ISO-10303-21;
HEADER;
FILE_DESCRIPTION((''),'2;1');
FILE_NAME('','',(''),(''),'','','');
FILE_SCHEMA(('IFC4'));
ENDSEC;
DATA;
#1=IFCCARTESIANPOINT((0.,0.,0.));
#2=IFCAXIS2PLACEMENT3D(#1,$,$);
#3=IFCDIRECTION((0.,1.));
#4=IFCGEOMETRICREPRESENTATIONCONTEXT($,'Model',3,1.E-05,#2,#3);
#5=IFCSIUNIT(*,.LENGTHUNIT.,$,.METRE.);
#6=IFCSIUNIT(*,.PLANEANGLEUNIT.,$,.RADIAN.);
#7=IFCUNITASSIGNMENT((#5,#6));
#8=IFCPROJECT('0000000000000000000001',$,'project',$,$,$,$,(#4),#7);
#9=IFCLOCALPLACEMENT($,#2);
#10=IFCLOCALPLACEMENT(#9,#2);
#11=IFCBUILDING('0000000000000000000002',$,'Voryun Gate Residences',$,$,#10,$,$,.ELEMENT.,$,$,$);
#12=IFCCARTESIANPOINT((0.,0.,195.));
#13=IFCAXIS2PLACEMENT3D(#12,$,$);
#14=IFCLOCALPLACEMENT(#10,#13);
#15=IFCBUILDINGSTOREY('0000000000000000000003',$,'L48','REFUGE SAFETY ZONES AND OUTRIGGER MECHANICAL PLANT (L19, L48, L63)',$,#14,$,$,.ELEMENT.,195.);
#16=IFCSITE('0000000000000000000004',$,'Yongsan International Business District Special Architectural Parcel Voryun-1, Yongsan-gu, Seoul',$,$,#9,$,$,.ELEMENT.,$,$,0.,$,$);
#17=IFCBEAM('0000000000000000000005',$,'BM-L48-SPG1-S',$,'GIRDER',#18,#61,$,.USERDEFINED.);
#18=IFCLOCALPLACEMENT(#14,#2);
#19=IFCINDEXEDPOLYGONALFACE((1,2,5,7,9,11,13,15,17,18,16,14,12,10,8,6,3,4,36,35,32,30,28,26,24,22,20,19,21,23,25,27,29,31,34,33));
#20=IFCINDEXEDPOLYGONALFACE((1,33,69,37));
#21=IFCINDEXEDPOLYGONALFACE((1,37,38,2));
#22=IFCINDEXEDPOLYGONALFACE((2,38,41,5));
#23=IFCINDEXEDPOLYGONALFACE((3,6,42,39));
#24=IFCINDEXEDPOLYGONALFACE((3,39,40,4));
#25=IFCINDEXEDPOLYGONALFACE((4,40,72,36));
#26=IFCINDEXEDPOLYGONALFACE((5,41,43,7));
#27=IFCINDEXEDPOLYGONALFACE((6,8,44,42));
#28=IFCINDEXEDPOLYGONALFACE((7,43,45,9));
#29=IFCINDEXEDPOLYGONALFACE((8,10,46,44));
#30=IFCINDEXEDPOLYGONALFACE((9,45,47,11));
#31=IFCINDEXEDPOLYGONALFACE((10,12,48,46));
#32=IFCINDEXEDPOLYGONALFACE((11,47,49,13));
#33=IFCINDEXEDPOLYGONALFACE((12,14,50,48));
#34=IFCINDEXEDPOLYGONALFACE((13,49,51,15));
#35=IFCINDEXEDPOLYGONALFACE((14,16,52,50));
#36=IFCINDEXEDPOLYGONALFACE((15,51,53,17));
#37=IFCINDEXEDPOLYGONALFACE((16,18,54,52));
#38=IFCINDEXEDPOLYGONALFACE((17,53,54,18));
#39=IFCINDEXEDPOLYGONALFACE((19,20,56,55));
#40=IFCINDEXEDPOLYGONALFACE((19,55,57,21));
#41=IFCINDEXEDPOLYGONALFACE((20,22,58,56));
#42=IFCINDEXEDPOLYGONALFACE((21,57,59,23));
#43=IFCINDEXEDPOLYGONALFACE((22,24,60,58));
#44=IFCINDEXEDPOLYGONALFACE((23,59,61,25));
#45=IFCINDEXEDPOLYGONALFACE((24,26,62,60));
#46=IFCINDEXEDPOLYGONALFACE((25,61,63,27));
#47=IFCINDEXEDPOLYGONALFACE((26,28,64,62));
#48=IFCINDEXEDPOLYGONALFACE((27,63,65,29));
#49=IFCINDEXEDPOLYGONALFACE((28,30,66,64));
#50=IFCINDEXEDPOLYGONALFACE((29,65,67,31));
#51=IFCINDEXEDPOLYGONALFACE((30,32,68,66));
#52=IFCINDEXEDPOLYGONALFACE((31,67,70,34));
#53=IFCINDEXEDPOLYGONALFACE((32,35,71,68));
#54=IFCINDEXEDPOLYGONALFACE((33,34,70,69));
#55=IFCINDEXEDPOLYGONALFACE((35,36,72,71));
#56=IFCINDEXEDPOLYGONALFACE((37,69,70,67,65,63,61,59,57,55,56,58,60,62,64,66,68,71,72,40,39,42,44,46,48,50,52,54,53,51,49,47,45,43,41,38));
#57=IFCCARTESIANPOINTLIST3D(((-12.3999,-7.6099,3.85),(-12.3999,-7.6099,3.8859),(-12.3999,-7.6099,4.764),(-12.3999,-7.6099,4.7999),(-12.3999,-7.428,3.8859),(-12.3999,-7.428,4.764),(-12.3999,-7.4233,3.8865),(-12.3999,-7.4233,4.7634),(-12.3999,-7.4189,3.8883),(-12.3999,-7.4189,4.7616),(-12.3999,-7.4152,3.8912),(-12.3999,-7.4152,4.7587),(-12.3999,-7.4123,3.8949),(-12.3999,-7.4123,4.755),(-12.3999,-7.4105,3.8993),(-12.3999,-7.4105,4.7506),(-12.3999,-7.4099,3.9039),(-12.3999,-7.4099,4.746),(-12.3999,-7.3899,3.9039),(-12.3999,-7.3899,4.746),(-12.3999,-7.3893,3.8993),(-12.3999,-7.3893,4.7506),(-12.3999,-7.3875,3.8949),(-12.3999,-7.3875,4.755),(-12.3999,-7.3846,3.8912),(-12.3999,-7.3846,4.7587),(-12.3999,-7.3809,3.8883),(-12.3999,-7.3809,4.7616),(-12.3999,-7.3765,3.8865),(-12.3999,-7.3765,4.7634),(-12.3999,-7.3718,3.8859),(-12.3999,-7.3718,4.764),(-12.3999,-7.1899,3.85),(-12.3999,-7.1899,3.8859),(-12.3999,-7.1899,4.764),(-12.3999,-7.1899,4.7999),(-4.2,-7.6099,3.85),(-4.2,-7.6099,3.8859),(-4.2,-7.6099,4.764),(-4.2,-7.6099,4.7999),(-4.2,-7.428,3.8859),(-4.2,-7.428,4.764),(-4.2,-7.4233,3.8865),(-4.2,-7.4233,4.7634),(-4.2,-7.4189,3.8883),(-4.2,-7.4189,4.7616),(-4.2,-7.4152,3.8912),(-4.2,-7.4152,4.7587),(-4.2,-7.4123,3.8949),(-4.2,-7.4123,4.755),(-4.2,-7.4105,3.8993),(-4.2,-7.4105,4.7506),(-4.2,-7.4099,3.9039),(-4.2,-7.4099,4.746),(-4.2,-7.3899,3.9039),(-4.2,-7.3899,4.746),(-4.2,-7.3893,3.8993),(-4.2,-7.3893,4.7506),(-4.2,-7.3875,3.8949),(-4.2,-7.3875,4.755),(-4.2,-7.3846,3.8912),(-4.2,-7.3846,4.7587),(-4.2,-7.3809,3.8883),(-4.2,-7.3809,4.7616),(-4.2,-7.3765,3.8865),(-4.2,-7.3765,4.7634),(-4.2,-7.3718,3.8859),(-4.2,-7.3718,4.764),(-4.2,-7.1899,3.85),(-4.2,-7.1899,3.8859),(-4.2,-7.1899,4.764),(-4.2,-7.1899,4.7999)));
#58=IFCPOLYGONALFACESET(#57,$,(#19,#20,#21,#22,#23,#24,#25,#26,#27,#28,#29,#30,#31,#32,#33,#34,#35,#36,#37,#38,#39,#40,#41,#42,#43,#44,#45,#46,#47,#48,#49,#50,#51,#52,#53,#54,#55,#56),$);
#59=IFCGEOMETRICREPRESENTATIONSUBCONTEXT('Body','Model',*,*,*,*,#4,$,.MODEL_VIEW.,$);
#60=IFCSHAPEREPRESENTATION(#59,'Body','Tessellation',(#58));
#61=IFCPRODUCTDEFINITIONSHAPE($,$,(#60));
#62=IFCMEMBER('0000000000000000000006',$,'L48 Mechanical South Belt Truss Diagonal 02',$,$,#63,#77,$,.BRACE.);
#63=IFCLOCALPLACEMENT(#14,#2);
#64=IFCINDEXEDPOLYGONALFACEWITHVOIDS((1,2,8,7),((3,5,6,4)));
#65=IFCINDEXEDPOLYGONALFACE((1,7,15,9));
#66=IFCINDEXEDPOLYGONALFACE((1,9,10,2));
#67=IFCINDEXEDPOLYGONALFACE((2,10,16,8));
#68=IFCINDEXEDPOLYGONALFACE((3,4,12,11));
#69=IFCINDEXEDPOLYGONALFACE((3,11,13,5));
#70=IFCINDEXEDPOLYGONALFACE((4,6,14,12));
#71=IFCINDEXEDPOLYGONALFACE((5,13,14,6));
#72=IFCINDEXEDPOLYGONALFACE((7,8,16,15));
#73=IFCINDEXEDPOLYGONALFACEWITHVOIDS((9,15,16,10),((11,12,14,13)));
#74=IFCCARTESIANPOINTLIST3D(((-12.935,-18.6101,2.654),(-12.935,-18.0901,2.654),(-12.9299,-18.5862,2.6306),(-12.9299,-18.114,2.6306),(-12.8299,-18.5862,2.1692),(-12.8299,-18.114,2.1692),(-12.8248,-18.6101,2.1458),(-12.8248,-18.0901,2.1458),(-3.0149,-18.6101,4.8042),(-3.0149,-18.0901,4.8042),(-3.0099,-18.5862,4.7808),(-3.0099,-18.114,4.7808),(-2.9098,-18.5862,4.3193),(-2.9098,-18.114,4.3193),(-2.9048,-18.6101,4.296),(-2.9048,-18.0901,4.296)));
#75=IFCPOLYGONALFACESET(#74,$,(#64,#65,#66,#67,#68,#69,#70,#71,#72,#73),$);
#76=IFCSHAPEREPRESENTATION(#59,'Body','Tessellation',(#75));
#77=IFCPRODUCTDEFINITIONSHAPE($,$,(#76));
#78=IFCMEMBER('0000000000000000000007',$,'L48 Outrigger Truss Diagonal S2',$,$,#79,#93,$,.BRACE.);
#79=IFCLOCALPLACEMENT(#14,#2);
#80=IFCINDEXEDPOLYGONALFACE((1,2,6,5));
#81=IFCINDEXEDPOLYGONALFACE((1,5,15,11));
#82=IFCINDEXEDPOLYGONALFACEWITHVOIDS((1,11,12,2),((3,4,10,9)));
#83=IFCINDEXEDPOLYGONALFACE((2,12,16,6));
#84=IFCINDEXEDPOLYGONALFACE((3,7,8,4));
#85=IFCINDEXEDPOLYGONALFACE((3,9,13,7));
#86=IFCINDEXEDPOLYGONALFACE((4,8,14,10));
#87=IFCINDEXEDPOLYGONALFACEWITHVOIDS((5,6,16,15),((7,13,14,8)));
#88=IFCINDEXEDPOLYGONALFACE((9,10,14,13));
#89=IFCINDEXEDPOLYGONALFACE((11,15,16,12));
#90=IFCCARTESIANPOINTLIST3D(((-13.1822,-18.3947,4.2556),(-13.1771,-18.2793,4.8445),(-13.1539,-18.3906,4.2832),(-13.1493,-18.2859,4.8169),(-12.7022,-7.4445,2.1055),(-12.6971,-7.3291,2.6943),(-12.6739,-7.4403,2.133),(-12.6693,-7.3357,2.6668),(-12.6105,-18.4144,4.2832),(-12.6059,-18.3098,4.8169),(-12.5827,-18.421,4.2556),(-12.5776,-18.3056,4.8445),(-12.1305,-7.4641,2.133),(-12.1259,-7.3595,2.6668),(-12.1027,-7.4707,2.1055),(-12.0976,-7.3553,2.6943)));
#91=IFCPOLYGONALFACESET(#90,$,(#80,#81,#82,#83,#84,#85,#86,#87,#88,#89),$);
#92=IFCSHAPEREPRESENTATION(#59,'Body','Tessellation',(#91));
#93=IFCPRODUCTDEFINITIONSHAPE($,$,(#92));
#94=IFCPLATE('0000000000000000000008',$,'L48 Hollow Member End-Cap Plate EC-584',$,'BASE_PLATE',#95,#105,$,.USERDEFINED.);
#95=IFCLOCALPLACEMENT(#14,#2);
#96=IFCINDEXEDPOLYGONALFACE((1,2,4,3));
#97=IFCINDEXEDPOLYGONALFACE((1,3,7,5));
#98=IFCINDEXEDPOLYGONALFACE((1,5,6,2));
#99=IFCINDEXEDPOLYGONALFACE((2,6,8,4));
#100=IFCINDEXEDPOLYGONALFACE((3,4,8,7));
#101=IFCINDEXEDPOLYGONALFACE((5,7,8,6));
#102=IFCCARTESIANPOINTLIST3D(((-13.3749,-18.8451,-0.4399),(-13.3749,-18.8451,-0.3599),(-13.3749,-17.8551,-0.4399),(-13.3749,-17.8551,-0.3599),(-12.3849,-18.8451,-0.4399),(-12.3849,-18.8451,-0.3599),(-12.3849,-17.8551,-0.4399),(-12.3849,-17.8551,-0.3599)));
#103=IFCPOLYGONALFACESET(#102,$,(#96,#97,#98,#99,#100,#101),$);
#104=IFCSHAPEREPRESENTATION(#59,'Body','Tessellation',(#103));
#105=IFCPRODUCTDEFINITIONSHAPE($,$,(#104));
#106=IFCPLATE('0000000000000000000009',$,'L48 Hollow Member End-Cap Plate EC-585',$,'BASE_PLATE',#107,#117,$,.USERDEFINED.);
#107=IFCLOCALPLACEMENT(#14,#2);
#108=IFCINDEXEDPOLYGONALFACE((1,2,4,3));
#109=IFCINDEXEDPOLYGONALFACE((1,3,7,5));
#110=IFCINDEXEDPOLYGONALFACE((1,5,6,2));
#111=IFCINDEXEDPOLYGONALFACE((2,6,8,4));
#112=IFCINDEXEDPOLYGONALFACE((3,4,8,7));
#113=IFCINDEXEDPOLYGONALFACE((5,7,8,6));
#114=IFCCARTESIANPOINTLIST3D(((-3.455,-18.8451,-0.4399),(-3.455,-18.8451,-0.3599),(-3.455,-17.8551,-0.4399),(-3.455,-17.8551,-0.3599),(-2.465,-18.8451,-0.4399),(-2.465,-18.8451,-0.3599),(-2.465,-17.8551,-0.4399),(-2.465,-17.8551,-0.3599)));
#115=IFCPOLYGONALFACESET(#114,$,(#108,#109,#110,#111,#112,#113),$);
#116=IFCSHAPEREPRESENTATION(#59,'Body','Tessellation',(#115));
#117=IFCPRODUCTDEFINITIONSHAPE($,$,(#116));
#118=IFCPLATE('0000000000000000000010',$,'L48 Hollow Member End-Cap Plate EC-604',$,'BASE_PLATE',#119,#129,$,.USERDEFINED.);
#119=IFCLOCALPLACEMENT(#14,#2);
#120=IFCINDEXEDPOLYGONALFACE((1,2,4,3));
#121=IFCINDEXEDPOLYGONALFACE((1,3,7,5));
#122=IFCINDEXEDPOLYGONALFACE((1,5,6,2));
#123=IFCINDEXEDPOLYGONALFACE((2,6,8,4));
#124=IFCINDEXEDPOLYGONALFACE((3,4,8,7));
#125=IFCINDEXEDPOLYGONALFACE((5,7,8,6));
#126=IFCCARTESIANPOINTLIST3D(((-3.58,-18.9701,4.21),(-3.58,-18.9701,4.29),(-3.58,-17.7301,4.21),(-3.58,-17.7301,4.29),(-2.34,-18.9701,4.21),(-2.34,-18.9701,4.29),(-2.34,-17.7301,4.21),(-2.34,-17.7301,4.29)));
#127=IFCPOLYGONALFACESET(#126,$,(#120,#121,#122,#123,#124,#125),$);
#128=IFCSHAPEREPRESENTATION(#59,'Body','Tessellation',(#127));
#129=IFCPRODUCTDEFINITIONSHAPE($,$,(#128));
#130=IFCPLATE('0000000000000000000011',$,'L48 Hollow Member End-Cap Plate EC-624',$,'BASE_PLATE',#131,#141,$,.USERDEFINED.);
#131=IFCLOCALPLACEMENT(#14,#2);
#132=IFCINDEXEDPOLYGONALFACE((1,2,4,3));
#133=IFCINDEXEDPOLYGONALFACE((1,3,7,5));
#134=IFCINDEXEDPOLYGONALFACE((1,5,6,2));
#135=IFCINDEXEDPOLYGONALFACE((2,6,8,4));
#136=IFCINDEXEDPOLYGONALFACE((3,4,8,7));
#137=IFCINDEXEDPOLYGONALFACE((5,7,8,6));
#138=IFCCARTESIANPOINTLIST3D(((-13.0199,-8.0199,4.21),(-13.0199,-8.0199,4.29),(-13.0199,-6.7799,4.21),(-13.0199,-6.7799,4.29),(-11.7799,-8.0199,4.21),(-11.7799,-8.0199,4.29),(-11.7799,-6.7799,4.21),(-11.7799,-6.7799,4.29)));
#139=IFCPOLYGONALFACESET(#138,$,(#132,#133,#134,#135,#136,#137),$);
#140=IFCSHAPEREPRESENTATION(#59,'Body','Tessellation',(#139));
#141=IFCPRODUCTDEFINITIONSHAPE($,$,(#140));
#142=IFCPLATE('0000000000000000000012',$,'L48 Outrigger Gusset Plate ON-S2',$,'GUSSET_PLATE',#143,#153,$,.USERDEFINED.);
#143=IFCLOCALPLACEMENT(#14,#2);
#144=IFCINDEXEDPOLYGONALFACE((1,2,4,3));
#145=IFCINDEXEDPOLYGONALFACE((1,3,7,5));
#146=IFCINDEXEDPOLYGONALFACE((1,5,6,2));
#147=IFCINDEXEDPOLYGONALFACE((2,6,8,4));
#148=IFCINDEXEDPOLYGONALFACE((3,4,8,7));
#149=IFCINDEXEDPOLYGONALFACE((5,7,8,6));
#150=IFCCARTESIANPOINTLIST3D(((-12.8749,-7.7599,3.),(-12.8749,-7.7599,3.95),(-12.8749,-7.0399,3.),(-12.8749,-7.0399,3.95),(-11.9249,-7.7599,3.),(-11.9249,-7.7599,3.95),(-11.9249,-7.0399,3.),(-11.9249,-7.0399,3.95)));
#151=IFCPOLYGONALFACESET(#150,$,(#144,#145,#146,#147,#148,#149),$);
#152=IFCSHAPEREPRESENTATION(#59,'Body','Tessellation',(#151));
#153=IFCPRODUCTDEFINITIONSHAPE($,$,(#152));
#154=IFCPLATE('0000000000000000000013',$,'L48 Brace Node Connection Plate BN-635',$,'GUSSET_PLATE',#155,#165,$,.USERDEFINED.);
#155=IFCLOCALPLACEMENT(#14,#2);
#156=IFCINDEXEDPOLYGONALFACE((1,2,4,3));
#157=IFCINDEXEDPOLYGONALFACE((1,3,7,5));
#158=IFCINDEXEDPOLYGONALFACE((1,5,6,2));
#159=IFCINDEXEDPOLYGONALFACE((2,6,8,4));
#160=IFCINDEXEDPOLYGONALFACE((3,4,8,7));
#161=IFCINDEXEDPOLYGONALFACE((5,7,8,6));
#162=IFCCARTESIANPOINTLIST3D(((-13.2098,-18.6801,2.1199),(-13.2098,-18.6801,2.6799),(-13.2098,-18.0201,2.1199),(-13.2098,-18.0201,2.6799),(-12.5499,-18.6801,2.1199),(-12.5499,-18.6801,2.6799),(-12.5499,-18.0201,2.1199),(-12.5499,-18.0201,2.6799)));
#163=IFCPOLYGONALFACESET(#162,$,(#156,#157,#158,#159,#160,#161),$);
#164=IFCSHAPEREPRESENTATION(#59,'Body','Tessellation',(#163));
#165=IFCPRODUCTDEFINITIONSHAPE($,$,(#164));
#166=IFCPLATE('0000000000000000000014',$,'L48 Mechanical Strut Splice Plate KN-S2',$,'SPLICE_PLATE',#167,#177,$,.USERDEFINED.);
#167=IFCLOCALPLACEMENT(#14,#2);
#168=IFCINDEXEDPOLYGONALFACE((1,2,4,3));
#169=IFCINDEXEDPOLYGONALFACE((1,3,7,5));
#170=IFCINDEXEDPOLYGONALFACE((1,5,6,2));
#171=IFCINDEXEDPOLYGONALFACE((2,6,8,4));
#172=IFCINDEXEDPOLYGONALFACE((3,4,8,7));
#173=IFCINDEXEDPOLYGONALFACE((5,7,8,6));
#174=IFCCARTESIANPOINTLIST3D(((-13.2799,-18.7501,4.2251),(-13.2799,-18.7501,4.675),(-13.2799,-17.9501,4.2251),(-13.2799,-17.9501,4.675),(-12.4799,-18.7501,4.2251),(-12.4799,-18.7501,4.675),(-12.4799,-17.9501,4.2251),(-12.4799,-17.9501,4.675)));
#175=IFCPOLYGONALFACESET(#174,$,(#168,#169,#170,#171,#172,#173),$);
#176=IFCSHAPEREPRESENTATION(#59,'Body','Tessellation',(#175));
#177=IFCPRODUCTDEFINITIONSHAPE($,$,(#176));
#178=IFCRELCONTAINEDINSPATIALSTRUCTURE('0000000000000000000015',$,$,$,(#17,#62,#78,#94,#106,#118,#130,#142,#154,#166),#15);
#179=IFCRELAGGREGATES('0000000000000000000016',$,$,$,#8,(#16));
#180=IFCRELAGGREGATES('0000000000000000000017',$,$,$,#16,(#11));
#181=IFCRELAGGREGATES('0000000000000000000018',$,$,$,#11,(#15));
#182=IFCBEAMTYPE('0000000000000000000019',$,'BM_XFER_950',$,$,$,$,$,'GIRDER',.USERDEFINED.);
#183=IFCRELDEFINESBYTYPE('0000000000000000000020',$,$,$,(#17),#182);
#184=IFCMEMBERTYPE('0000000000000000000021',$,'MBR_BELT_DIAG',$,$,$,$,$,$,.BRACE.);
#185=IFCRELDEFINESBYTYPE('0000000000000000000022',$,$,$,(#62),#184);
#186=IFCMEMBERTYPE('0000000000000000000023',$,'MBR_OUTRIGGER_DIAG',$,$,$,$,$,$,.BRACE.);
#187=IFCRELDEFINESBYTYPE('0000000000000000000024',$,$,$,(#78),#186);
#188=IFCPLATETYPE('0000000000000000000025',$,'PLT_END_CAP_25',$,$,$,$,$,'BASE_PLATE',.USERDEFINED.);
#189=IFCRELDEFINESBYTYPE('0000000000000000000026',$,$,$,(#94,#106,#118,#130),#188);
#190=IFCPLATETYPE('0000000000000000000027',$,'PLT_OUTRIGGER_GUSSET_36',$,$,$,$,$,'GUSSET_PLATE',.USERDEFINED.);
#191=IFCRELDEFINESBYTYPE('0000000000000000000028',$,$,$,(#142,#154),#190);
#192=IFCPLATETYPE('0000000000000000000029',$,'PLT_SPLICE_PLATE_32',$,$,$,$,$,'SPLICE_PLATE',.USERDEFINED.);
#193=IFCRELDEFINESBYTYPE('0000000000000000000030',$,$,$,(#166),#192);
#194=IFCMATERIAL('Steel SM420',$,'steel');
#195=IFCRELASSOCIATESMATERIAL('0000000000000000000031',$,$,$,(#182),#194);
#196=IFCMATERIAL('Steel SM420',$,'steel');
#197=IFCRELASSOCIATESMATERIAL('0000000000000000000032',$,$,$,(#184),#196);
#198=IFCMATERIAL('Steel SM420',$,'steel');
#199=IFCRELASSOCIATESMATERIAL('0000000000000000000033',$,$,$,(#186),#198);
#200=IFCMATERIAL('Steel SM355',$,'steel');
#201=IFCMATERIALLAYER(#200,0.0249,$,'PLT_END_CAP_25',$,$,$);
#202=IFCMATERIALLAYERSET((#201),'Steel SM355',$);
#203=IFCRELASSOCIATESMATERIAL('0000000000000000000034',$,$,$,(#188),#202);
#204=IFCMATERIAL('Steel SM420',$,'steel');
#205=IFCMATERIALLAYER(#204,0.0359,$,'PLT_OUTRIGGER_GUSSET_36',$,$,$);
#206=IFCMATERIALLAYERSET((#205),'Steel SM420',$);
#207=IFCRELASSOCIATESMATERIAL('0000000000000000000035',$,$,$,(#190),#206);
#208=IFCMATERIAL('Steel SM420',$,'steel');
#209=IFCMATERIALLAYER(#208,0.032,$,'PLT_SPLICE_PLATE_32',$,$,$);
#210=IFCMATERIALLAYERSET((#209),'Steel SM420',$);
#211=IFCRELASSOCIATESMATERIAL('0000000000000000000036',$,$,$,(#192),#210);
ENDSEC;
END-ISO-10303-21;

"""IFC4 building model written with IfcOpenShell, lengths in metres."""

from ifc_helpers import new_model, si_unit, direction, frame, origin, origin_2d, place, context, subcontext, project, spatial, rectangle, hollow_rectangle, i_section, extrude, material, layer, layer_set, material_profile, profile_set, type_object, element, save


model = new_model("IFC4")

# Units and contexts
model_context = context("Model", 3, precision=1e-05, world=origin(), true_north=direction((0.0, 1.0)))
body_context = subcontext(model_context, "Body", "Model", "MODEL_VIEW")
ifc_project = project(units=[si_unit("LENGTHUNIT", "METRE"), si_unit("PLANEANGLEUNIT", "RADIAN")], contexts=[model_context])

# Site, building, storey
site_placement = place(None, origin())
site = spatial("IfcSite", under=ifc_project, at=site_placement, Name="Yongsan International Business District Special Architectural Parcel Voryun-1, Yongsan-gu, Seoul", CompositionType="ELEMENT", RefElevation=0.0)
building_placement = place(site_placement, origin())
building = spatial("IfcBuilding", under=site, at=building_placement, Name="Voryun Gate Residences", CompositionType="ELEMENT")
storey_placement = place(building_placement, frame((0.0, 0.0, 195.0)))
storey = spatial("IfcBuildingStorey", under=building, at=storey_placement, Name="L48", Description="REFUGE SAFETY ZONES AND OUTRIGGER MECHANICAL PLANT (L19, L48, L63)", CompositionType="ELEMENT", Elevation=195.0)

# Beam
ifc_material_1 = material(Name="Steel SM420", Category="steel")
ifc_material_profile_1 = material_profile(ifc_material_1, i_section(OverallWidth=0.4199, OverallDepth=0.95, WebThickness=0.02, FlangeThickness=0.0359, FilletRadius=0.0181, at=origin_2d()), Name="H-950x420x20x36")
ifc_profile_set_1 = profile_set([ifc_material_profile_1], Name="Steel SM420")
beam_type_1 = type_object("IfcBeamType", Name="BM_XFER_950", ElementType="GIRDER", PredefinedType="USERDEFINED", material=ifc_profile_set_1)
beam_1_placement = place(storey_placement, frame((-12.3999, -7.3999, 4.325), z_axis=(1.0, 0.0, 0.0), x_axis=(0.0, 1.0, 0.0)))
element("IfcBeam", 1, at=beam_1_placement, inside=storey, type_object=beam_type_1, Name="BM-L48-SPG1-S", ObjectType="GIRDER", PredefinedType="USERDEFINED", context=body_context, shape_type="SweptSolid", body=[
    extrude(i_section(OverallWidth=0.4199, OverallDepth=0.95, WebThickness=0.02, FlangeThickness=0.0359, FilletRadius=0.0181, at=origin_2d()), origin(), (0.0, 0.0, 1.0), 8.2),
])

# Members
ifc_material_2 = material(Name="Steel SM420", Category="steel")
ifc_material_profile_2 = material_profile(ifc_material_2, hollow_rectangle(XDim=0.52, YDim=0.52, WallThickness=0.0239, at=origin_2d()), Name="BOX-520x520x24")
ifc_profile_set_2 = profile_set([ifc_material_profile_2], Name="Steel SM420")
member_type_1 = type_object("IfcMemberType", Name="MBR_BELT_DIAG", PredefinedType="BRACE", material=ifc_profile_set_2)
member_1_placement = place(storey_placement, frame((-12.8799, -18.3501, 2.3999), z_axis=(0.977306, 0.0, 0.211831), x_axis=(0.0, 1.0, 0.0)))
element("IfcMember", 2, at=member_1_placement, inside=storey, type_object=member_type_1, Name="L48 Mechanical South Belt Truss Diagonal 02", PredefinedType="BRACE", context=body_context, shape_type="SweptSolid", body=[
    extrude(hollow_rectangle(XDim=0.52, YDim=0.52, WallThickness=0.0239, at=origin_2d()), origin(), (0.0, 0.0, 1.0), 10.1504),
])
ifc_material_3 = material(Name="Steel SM420", Category="steel")
ifc_material_profile_3 = material_profile(ifc_material_3, hollow_rectangle(XDim=0.6001, YDim=0.6001, WallThickness=0.0281, at=origin_2d()), Name="BOX-600x600x28")
ifc_profile_set_3 = profile_set([ifc_material_profile_3], Name="Steel SM420")
member_type_2 = type_object("IfcMemberType", Name="MBR_OUTRIGGER_DIAG", PredefinedType="BRACE", material=ifc_profile_set_3)
member_2_placement = place(storey_placement, frame((-12.3999, -7.3999, 2.3999), z_axis=(-0.042972, -0.980356, 0.1925), x_axis=(0.999041, -0.043791, 0.0)))
element("IfcMember", 3, at=member_2_placement, inside=storey, type_object=member_type_2, Name="L48 Outrigger Truss Diagonal S2", PredefinedType="BRACE", context=body_context, shape_type="SweptSolid", body=[
    extrude(hollow_rectangle(XDim=0.6001, YDim=0.6001, WallThickness=0.0281, at=origin_2d()), origin(), (0.0, 0.0, 1.0), 11.1697),
])

# Plates
ifc_material_4 = material(Name="Steel SM355", Category="steel")
ifc_layer_1 = layer(ifc_material_4, 0.0249, Name="PLT_END_CAP_25")
ifc_layer_set_1 = layer_set([ifc_layer_1], Name="Steel SM355")
plate_type_1 = type_object("IfcPlateType", Name="PLT_END_CAP_25", ElementType="BASE_PLATE", PredefinedType="USERDEFINED", material=ifc_layer_set_1)
for number, where, z_axis, x_axis, name in (
    (4, (-12.8799, -18.3501, -0.4399), (0.0, 0.0, 1.0), (1.0, 0.0, 0.0), "L48 Hollow Member End-Cap Plate EC-584"),
    (5, (-2.96, -18.3501, -0.4399), (0.0, 0.0, 1.0), (1.0, 0.0, 0.0), "L48 Hollow Member End-Cap Plate EC-585"),
):
    element("IfcPlate", number, at=place(storey_placement, frame(where, z_axis=z_axis, x_axis=x_axis)), inside=storey, type_object=plate_type_1, Name=name, ObjectType="BASE_PLATE", PredefinedType="USERDEFINED", context=body_context, shape_type="SweptSolid", body=[
        extrude(rectangle(XDim=0.99, YDim=0.99, at=origin_2d()), origin(), (0.0, 0.0, 1.0), 0.0801),
    ])
for number, where, z_axis, x_axis, name in (
    (6, (-2.96, -18.3501, 4.21), (0.0, 0.0, 1.0), (1.0, 0.0, 0.0), "L48 Hollow Member End-Cap Plate EC-604"),
    (7, (-12.3999, -7.3999, 4.21), (0.0, 0.0, 1.0), (1.0, 0.0, 0.0), "L48 Hollow Member End-Cap Plate EC-624"),
):
    element("IfcPlate", number, at=place(storey_placement, frame(where, z_axis=z_axis, x_axis=x_axis)), inside=storey, type_object=plate_type_1, Name=name, ObjectType="BASE_PLATE", PredefinedType="USERDEFINED", context=body_context, shape_type="SweptSolid", body=[
        extrude(rectangle(XDim=1.24, YDim=1.24, at=origin_2d()), origin(), (0.0, 0.0, 1.0), 0.0801),
    ])
ifc_material_5 = material(Name="Steel SM420", Category="steel")
ifc_layer_2 = layer(ifc_material_5, 0.0359, Name="PLT_OUTRIGGER_GUSSET_36")
ifc_layer_set_2 = layer_set([ifc_layer_2], Name="Steel SM420")
plate_type_2 = type_object("IfcPlateType", Name="PLT_OUTRIGGER_GUSSET_36", ElementType="GUSSET_PLATE", PredefinedType="USERDEFINED", material=ifc_layer_set_2)
plate_1_placement = place(storey_placement, frame((-12.3999, -7.3999, 3.0), z_axis=(0.0, 0.0, 1.0), x_axis=(1.0, 0.0, 0.0)))
element("IfcPlate", 8, at=plate_1_placement, inside=storey, type_object=plate_type_2, Name="L48 Outrigger Gusset Plate ON-S2", ObjectType="GUSSET_PLATE", PredefinedType="USERDEFINED", context=body_context, shape_type="SweptSolid", body=[
    extrude(rectangle(XDim=0.95, YDim=0.72, at=origin_2d()), origin(), (0.0, 0.0, 1.0), 0.95),
])
plate_2_placement = place(storey_placement, frame((-12.8799, -18.3501, 2.1199), z_axis=(0.0, 0.0, 1.0), x_axis=(1.0, 0.0, 0.0)))
element("IfcPlate", 9, at=plate_2_placement, inside=storey, type_object=plate_type_2, Name="L48 Brace Node Connection Plate BN-635", ObjectType="GUSSET_PLATE", PredefinedType="USERDEFINED", context=body_context, shape_type="SweptSolid", body=[
    extrude(rectangle(XDim=0.6599, YDim=0.6599, at=origin_2d()), origin(), (0.0, 0.0, 1.0), 0.5601),
])
ifc_material_6 = material(Name="Steel SM420", Category="steel")
ifc_layer_3 = layer(ifc_material_6, 0.032, Name="PLT_SPLICE_PLATE_32")
ifc_layer_set_3 = layer_set([ifc_layer_3], Name="Steel SM420")
plate_type_3 = type_object("IfcPlateType", Name="PLT_SPLICE_PLATE_32", ElementType="SPLICE_PLATE", PredefinedType="USERDEFINED", material=ifc_layer_set_3)
plate_3_placement = place(storey_placement, frame((-12.8799, -18.3501, 4.2251), z_axis=(0.0, 0.0, 1.0), x_axis=(1.0, 0.0, 0.0)))
element("IfcPlate", 10, at=plate_3_placement, inside=storey, type_object=plate_type_3, Name="L48 Mechanical Strut Splice Plate KN-S2", ObjectType="SPLICE_PLATE", PredefinedType="USERDEFINED", context=body_context, shape_type="SweptSolid", body=[
    extrude(rectangle(XDim=0.8, YDim=0.8, at=origin_2d()), origin(), (0.0, 0.0, 1.0), 0.45),
])

save(model, "model.ifc")
